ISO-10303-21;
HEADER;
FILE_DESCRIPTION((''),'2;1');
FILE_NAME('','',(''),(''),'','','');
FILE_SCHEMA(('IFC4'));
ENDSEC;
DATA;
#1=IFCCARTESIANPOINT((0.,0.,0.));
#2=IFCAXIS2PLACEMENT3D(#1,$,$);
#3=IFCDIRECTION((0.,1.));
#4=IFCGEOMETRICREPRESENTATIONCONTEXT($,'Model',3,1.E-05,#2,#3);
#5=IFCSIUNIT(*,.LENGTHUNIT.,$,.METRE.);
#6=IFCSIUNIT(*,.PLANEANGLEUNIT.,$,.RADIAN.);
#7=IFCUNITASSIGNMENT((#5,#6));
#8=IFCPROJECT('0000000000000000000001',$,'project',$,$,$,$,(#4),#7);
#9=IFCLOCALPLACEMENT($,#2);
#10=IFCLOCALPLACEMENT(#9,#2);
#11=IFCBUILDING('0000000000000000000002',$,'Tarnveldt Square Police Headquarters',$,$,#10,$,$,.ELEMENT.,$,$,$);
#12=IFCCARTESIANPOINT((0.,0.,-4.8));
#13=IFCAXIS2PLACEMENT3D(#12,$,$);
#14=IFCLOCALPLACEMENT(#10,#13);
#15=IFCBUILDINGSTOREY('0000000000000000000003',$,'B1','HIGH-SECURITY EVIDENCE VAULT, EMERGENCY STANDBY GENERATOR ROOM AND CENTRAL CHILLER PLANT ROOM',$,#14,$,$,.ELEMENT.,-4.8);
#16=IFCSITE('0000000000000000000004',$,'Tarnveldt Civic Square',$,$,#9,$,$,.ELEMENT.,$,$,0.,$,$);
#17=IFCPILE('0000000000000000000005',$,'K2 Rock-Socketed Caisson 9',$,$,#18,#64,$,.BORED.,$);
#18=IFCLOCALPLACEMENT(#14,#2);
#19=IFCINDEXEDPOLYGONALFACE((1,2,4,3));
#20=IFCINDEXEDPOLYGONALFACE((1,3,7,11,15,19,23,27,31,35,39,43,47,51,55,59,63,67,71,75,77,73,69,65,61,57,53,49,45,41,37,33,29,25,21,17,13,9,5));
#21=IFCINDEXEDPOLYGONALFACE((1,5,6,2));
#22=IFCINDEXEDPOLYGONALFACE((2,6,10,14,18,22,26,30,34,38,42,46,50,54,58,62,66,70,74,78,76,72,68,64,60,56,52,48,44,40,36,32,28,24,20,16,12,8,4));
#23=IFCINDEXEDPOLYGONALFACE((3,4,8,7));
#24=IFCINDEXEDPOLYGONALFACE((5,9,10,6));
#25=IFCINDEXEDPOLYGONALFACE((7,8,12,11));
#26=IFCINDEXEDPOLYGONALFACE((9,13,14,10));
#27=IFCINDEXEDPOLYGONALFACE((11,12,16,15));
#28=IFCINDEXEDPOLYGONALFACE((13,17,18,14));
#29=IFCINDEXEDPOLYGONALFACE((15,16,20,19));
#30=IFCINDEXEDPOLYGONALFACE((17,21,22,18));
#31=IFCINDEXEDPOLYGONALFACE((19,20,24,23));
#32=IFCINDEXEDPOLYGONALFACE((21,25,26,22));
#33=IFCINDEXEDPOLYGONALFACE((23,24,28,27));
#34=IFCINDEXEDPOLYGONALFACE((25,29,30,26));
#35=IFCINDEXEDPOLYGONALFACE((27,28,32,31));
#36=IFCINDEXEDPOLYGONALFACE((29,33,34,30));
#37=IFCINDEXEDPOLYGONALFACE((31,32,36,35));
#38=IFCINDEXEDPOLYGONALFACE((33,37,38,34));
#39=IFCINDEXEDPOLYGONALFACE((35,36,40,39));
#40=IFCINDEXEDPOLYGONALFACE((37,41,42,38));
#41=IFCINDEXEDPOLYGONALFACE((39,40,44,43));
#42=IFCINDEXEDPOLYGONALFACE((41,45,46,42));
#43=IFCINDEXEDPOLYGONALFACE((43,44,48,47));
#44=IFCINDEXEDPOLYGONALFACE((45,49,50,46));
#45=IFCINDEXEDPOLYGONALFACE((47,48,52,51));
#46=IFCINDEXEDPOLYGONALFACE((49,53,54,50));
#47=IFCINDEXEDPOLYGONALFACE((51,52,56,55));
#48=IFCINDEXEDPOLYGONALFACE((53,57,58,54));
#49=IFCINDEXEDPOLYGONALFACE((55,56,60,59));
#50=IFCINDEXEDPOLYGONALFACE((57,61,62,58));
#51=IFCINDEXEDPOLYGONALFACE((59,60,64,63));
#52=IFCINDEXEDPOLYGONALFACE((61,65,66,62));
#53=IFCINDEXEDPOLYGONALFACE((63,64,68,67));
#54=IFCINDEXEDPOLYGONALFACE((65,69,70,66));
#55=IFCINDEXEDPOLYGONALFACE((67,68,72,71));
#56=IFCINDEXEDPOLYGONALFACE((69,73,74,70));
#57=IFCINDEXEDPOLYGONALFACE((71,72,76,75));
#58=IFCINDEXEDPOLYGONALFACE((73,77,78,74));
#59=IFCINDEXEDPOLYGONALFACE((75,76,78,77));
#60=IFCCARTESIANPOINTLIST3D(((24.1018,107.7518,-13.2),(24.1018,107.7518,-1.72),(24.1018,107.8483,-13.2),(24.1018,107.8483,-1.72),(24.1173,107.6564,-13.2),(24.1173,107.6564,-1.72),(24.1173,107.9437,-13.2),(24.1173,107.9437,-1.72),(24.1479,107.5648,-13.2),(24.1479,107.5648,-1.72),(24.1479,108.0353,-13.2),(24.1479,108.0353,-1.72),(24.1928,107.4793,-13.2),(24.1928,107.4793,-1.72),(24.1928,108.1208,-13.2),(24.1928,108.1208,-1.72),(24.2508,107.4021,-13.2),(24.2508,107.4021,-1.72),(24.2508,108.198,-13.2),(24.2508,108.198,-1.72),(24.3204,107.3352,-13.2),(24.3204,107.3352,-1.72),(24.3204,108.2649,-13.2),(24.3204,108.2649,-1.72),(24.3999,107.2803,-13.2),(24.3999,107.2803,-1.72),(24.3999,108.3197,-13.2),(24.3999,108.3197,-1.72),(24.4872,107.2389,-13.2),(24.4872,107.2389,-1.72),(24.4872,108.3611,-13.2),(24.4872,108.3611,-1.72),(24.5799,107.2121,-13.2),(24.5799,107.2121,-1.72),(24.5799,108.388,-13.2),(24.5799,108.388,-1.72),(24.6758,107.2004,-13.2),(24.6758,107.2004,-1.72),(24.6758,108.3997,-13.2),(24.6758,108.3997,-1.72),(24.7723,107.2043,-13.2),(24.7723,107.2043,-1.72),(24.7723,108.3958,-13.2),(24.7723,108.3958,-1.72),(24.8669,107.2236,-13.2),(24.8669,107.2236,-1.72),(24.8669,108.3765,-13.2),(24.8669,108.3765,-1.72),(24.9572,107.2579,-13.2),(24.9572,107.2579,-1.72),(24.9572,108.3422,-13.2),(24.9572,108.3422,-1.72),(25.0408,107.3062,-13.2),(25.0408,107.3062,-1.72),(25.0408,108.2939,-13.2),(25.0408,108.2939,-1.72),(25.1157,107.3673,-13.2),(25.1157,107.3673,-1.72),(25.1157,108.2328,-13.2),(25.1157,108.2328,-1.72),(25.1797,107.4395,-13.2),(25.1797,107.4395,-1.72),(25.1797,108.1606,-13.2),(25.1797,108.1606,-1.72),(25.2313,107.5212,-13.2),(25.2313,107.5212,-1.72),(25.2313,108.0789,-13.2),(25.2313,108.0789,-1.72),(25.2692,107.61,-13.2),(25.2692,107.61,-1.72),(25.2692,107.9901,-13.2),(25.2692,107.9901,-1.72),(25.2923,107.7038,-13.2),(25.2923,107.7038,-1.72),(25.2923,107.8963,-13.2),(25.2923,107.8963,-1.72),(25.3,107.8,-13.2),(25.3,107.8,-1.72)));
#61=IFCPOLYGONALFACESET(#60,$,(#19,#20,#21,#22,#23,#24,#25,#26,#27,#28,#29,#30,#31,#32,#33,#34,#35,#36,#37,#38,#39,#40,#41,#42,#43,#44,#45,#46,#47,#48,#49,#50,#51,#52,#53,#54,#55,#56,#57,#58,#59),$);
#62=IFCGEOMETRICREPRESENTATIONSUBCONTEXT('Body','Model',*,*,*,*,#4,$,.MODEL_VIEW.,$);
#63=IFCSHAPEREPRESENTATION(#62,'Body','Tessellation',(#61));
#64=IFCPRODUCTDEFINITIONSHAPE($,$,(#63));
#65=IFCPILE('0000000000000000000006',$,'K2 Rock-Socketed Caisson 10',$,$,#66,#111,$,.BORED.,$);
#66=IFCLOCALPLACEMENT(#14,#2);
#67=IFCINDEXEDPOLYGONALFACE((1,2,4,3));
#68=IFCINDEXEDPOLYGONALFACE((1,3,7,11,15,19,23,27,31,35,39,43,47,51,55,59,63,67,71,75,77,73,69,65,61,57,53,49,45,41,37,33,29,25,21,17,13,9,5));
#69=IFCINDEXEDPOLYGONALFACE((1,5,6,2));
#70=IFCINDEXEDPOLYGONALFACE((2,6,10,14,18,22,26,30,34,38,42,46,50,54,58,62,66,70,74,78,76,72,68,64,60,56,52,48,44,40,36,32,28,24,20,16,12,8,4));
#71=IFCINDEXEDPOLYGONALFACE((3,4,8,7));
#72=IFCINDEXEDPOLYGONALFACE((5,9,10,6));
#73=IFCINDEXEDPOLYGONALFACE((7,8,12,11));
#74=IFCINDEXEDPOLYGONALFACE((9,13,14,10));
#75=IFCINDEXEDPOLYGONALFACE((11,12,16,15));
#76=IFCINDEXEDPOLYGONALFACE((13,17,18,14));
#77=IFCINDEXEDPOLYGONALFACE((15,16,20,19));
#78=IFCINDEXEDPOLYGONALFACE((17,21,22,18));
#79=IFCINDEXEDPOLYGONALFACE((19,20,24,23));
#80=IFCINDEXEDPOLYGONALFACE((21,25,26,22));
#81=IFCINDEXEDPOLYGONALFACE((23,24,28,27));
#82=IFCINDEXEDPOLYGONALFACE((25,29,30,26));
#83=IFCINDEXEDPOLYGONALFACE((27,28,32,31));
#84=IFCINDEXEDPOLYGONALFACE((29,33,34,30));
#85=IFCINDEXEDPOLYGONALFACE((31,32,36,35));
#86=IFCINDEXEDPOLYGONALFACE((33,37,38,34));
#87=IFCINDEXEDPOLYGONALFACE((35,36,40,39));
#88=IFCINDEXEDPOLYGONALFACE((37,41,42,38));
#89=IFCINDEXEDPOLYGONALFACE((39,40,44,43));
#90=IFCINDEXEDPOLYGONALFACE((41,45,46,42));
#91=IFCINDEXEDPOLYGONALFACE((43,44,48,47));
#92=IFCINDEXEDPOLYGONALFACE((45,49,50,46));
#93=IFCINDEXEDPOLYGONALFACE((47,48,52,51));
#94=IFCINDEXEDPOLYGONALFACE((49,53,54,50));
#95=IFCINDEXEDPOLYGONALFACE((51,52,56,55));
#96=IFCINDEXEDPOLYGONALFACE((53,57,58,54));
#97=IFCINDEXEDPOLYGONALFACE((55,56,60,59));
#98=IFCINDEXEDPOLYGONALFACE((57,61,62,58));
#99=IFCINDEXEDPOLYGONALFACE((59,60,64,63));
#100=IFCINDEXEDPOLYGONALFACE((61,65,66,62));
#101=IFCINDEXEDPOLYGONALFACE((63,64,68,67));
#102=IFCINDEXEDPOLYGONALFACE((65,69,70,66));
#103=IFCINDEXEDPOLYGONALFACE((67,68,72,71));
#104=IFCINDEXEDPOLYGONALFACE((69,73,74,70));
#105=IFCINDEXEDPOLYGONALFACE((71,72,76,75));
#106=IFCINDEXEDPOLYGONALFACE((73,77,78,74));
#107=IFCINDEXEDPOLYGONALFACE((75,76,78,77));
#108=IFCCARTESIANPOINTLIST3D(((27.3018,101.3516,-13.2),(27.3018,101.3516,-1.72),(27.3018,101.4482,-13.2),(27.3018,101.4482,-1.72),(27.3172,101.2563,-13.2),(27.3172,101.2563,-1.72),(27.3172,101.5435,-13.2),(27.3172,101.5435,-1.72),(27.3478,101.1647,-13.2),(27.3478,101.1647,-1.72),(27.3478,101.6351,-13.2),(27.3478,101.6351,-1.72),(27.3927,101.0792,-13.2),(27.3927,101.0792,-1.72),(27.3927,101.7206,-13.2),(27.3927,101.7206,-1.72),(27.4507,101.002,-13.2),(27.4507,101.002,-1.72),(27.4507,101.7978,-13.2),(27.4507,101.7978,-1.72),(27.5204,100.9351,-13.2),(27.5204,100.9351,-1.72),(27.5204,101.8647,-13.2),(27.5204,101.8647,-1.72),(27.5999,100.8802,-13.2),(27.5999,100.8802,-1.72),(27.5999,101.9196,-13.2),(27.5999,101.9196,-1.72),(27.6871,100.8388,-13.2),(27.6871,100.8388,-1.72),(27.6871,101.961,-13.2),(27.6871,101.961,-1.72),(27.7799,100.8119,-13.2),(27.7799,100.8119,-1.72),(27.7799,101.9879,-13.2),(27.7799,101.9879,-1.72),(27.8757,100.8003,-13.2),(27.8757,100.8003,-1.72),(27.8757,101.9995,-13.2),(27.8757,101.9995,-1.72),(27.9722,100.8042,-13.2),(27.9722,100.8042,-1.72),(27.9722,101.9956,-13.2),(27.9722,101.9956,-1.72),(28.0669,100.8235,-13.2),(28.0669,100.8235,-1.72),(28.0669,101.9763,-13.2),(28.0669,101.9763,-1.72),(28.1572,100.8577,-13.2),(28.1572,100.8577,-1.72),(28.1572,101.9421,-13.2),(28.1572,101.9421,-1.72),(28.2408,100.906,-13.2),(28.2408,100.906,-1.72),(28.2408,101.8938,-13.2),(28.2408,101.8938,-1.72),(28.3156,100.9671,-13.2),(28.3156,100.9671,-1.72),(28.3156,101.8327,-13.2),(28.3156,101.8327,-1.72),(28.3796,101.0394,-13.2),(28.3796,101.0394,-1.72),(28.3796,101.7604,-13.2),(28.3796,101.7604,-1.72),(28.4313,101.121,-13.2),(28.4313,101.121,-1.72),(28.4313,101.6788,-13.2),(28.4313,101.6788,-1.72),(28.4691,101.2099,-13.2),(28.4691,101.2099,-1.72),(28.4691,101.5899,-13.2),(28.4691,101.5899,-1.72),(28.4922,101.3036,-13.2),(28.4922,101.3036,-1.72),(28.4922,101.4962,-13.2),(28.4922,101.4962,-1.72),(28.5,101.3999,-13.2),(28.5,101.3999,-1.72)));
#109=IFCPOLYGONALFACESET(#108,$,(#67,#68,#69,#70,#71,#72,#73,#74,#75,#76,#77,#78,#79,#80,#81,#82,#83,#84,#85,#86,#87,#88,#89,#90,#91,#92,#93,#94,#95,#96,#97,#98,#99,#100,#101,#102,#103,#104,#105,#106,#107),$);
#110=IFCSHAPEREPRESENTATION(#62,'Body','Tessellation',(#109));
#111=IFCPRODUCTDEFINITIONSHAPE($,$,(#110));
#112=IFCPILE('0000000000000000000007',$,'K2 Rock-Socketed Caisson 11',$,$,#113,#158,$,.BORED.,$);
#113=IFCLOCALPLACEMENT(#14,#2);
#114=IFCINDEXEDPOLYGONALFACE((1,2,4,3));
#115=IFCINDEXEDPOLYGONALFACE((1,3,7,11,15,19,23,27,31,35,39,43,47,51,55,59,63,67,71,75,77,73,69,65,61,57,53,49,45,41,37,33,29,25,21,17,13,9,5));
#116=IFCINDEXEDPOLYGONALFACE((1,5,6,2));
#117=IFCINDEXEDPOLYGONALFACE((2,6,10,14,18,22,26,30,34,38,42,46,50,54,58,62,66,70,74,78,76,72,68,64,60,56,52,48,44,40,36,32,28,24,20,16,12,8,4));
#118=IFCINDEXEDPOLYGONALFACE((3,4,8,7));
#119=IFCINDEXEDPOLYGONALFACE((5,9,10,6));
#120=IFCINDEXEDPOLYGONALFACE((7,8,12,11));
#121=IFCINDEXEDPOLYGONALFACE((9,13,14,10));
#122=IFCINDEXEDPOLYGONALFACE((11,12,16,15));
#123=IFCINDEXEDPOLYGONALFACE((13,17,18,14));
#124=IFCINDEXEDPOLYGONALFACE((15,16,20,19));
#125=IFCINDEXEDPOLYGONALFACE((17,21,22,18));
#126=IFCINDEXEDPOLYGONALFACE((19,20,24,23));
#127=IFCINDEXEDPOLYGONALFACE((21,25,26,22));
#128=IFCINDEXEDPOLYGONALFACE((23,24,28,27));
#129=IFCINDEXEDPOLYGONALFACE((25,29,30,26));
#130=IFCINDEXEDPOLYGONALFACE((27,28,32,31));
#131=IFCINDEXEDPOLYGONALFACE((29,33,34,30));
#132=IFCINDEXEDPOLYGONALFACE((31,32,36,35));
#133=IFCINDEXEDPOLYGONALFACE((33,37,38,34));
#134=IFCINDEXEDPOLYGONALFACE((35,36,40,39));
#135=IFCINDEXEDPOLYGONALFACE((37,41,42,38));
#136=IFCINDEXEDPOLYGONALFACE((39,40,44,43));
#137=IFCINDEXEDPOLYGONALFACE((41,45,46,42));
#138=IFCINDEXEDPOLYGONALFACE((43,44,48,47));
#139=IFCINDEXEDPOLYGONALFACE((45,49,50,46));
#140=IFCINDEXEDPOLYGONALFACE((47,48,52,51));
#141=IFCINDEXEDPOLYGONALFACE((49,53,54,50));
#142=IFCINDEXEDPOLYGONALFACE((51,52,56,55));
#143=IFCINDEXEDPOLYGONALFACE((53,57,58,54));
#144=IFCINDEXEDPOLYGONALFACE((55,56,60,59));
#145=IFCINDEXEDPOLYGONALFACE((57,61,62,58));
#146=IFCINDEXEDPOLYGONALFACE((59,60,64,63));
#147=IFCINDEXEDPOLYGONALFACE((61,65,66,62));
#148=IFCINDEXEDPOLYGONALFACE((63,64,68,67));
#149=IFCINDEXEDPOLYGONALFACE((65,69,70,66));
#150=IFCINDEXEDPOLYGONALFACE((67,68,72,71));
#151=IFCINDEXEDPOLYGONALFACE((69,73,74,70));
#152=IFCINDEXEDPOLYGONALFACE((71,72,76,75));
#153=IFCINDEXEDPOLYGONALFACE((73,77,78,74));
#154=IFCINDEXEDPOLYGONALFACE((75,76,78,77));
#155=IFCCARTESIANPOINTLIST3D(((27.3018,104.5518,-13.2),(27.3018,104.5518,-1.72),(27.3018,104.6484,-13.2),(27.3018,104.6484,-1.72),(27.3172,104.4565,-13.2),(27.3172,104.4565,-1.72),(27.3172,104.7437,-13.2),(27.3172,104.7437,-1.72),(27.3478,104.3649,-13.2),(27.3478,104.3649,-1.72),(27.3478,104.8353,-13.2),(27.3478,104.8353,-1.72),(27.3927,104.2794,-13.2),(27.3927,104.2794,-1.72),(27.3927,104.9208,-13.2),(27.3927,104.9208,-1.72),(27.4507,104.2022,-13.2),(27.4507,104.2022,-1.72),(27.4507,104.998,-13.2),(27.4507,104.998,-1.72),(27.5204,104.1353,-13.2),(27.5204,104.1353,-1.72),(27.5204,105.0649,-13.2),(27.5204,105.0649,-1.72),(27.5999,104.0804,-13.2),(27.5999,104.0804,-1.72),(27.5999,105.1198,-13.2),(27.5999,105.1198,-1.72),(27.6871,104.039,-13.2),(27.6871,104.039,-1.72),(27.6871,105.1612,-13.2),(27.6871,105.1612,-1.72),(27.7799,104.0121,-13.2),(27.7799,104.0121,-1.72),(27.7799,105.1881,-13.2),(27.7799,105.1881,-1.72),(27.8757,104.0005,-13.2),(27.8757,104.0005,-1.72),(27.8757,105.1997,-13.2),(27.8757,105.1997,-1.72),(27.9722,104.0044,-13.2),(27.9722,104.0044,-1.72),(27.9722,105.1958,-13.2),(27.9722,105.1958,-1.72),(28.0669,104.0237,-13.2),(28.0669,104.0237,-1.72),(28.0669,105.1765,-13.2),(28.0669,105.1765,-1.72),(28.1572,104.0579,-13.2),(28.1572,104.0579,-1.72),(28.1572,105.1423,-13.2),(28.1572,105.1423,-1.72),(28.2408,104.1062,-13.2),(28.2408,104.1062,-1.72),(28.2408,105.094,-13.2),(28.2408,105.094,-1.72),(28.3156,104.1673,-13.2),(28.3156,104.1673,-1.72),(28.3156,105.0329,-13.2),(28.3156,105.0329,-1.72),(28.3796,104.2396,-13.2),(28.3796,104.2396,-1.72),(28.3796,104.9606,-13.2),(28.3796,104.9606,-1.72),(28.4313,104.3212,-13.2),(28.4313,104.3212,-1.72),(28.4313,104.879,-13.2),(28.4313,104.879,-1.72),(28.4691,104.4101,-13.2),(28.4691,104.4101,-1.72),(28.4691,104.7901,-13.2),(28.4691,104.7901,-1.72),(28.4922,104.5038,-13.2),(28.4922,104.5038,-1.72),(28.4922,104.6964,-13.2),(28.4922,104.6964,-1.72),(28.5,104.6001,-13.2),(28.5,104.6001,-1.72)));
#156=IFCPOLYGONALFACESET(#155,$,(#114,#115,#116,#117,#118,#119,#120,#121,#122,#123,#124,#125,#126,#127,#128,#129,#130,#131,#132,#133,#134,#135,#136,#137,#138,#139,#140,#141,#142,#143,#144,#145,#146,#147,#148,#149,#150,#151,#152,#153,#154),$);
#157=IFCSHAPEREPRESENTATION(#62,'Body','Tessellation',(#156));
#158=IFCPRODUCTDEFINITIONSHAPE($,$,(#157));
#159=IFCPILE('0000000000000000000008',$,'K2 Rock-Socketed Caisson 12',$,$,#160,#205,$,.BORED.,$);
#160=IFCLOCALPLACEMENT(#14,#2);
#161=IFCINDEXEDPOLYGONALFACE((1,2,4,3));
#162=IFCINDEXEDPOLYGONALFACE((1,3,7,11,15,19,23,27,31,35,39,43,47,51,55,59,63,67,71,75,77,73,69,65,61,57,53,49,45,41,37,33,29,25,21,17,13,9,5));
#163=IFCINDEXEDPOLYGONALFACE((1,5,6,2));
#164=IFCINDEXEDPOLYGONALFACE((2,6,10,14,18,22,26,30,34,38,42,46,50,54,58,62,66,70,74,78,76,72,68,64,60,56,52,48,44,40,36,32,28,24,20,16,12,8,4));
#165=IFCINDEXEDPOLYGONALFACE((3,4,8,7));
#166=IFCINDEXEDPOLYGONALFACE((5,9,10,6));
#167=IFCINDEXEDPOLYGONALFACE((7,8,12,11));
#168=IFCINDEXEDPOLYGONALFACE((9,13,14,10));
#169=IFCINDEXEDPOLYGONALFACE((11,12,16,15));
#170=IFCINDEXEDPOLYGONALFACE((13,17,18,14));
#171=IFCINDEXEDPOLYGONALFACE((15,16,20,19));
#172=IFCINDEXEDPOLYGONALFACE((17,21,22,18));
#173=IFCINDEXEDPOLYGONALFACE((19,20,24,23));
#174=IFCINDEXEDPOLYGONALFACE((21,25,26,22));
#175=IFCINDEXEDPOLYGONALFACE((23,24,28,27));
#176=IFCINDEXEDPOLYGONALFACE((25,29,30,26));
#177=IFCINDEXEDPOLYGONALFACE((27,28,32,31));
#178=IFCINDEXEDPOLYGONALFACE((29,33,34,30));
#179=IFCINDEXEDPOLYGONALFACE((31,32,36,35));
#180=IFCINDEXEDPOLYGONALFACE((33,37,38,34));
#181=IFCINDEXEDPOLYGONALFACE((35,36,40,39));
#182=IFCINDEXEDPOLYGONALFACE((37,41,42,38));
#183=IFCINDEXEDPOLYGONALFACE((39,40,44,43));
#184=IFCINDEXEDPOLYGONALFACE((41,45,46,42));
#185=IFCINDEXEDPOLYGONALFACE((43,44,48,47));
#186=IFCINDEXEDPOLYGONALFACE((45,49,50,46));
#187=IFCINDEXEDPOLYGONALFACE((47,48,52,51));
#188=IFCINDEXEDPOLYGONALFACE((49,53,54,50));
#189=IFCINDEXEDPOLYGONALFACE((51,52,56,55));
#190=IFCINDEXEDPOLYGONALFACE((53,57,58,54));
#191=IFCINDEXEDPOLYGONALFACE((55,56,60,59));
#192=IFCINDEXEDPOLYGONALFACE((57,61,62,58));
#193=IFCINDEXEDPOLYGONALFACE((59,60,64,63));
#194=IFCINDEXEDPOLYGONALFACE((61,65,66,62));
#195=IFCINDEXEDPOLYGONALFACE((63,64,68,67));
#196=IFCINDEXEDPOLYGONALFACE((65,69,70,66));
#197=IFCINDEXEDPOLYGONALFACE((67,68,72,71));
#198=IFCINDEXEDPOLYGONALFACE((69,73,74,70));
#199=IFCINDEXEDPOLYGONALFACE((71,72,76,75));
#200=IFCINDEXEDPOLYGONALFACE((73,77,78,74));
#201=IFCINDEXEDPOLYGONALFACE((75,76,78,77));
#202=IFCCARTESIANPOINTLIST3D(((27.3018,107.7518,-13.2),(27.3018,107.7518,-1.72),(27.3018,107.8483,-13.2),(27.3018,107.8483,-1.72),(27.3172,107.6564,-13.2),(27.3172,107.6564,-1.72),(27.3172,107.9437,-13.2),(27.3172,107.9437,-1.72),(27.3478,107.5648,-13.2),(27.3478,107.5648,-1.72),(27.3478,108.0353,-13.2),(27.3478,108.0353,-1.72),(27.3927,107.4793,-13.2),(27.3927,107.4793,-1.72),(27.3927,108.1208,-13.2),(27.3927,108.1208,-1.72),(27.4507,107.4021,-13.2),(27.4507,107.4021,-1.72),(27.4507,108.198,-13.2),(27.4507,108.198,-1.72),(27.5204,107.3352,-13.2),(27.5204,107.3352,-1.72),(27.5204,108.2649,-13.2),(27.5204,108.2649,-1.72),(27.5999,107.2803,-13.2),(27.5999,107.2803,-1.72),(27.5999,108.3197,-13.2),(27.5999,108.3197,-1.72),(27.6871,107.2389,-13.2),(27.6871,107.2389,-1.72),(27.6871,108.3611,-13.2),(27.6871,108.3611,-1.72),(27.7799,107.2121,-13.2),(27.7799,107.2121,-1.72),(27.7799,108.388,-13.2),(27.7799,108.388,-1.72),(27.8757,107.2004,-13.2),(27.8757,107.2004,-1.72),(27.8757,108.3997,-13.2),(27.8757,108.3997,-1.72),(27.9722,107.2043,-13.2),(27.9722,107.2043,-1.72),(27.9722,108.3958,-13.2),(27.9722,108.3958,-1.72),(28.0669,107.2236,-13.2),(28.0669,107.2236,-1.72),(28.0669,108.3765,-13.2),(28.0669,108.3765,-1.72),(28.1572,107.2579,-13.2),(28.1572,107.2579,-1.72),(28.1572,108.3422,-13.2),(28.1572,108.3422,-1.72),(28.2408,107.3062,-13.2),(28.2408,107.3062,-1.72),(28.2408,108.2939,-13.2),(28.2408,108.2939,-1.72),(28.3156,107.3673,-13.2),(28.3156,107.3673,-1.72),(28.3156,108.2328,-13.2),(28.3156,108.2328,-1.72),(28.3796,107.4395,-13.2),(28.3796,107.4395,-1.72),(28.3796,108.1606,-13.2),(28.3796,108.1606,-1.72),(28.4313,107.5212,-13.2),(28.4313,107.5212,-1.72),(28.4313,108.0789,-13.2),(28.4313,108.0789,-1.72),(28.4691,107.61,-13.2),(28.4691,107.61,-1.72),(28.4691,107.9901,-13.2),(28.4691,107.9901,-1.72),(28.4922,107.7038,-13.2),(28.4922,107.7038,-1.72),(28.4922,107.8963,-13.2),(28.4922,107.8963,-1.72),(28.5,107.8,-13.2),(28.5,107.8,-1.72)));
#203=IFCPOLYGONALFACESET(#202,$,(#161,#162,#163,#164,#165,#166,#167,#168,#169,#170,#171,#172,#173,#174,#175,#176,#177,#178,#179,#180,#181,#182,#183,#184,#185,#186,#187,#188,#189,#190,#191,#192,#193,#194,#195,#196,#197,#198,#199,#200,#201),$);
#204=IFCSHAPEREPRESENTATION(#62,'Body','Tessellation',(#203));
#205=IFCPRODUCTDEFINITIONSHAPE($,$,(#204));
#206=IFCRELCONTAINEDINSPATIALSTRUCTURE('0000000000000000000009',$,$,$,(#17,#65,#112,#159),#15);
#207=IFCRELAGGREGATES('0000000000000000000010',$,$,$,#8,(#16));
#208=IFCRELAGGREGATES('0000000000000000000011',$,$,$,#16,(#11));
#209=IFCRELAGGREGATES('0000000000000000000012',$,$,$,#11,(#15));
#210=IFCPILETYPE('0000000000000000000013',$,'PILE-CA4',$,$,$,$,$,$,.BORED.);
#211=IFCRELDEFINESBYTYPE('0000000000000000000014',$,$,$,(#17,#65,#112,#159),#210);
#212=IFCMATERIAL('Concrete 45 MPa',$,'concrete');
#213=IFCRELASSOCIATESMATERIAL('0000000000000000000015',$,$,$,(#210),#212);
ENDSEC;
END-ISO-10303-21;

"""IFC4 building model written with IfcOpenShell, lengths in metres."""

from ifc_helpers import new_model, si_unit, direction, frame, origin, origin_2d, place, context, subcontext, project, spatial, circle, extrude, material, material_profile, profile_set, type_object, element, save


model = new_model("IFC4")

# Units and contexts
model_context = context("Model", 3, precision=1e-05, world=origin(), true_north=direction((0.0, 1.0)))
body_context = subcontext(model_context, "Body", "Model", "MODEL_VIEW")
ifc_project = project(units=[si_unit("LENGTHUNIT", "METRE"), si_unit("PLANEANGLEUNIT", "RADIAN")], contexts=[model_context])

# Site, building, storey
site_placement = place(None, origin())
site = spatial("IfcSite", under=ifc_project, at=site_placement, Name="Tarnveldt Civic Square", CompositionType="ELEMENT", RefElevation=0.0)
building_placement = place(site_placement, origin())
building = spatial("IfcBuilding", under=site, at=building_placement, Name="Tarnveldt Square Police Headquarters", CompositionType="ELEMENT")
storey_placement = place(building_placement, frame((0.0, 0.0, -4.8)))
storey = spatial("IfcBuildingStorey", under=building, at=storey_placement, Name="B1", Description="HIGH-SECURITY EVIDENCE VAULT, EMERGENCY STANDBY GENERATOR ROOM AND CENTRAL CHILLER PLANT ROOM", CompositionType="ELEMENT", Elevation=-4.8)

# Shared definitions
ifc_material_1 = material(Name="Concrete 45 MPa", Category="concrete")

# Piles
ifc_material_profile_1 = material_profile(ifc_material_1, circle(Radius=0.6001, at=origin_2d()), Name="CAISSON-D1200")
ifc_profile_set_1 = profile_set([ifc_material_profile_1], Name="Concrete 45 MPa")
pile_type_1 = type_object("IfcPileType", Name="PILE-CA4", PredefinedType="BORED", material=ifc_profile_set_1)
for number, where, z_axis, x_axis, name in (
    (1, (24.7, 107.8, -1.72), (0.0, 0.0, -1.0), (1.0, 0.0, 0.0), "K2 Rock-Socketed Caisson 9"),
    (2, (27.8999, 101.3999, -1.72), (0.0, 0.0, -1.0), (1.0, 0.0, 0.0), "K2 Rock-Socketed Caisson 10"),
    (3, (27.8999, 104.6001, -1.72), (0.0, 0.0, -1.0), (1.0, 0.0, 0.0), "K2 Rock-Socketed Caisson 11"),
    (4, (27.8999, 107.8, -1.72), (0.0, 0.0, -1.0), (1.0, 0.0, 0.0), "K2 Rock-Socketed Caisson 12"),
):
    element("IfcPile", number, at=place(storey_placement, frame(where, z_axis=z_axis, x_axis=x_axis)), inside=storey, type_object=pile_type_1, Name=name, PredefinedType="BORED", context=body_context, shape_type="SweptSolid", body=[
        extrude(circle(Radius=0.6001, at=origin_2d()), origin(), (0.0, 0.0, 1.0), 11.48),
    ])

save(model, "model.ifc")
